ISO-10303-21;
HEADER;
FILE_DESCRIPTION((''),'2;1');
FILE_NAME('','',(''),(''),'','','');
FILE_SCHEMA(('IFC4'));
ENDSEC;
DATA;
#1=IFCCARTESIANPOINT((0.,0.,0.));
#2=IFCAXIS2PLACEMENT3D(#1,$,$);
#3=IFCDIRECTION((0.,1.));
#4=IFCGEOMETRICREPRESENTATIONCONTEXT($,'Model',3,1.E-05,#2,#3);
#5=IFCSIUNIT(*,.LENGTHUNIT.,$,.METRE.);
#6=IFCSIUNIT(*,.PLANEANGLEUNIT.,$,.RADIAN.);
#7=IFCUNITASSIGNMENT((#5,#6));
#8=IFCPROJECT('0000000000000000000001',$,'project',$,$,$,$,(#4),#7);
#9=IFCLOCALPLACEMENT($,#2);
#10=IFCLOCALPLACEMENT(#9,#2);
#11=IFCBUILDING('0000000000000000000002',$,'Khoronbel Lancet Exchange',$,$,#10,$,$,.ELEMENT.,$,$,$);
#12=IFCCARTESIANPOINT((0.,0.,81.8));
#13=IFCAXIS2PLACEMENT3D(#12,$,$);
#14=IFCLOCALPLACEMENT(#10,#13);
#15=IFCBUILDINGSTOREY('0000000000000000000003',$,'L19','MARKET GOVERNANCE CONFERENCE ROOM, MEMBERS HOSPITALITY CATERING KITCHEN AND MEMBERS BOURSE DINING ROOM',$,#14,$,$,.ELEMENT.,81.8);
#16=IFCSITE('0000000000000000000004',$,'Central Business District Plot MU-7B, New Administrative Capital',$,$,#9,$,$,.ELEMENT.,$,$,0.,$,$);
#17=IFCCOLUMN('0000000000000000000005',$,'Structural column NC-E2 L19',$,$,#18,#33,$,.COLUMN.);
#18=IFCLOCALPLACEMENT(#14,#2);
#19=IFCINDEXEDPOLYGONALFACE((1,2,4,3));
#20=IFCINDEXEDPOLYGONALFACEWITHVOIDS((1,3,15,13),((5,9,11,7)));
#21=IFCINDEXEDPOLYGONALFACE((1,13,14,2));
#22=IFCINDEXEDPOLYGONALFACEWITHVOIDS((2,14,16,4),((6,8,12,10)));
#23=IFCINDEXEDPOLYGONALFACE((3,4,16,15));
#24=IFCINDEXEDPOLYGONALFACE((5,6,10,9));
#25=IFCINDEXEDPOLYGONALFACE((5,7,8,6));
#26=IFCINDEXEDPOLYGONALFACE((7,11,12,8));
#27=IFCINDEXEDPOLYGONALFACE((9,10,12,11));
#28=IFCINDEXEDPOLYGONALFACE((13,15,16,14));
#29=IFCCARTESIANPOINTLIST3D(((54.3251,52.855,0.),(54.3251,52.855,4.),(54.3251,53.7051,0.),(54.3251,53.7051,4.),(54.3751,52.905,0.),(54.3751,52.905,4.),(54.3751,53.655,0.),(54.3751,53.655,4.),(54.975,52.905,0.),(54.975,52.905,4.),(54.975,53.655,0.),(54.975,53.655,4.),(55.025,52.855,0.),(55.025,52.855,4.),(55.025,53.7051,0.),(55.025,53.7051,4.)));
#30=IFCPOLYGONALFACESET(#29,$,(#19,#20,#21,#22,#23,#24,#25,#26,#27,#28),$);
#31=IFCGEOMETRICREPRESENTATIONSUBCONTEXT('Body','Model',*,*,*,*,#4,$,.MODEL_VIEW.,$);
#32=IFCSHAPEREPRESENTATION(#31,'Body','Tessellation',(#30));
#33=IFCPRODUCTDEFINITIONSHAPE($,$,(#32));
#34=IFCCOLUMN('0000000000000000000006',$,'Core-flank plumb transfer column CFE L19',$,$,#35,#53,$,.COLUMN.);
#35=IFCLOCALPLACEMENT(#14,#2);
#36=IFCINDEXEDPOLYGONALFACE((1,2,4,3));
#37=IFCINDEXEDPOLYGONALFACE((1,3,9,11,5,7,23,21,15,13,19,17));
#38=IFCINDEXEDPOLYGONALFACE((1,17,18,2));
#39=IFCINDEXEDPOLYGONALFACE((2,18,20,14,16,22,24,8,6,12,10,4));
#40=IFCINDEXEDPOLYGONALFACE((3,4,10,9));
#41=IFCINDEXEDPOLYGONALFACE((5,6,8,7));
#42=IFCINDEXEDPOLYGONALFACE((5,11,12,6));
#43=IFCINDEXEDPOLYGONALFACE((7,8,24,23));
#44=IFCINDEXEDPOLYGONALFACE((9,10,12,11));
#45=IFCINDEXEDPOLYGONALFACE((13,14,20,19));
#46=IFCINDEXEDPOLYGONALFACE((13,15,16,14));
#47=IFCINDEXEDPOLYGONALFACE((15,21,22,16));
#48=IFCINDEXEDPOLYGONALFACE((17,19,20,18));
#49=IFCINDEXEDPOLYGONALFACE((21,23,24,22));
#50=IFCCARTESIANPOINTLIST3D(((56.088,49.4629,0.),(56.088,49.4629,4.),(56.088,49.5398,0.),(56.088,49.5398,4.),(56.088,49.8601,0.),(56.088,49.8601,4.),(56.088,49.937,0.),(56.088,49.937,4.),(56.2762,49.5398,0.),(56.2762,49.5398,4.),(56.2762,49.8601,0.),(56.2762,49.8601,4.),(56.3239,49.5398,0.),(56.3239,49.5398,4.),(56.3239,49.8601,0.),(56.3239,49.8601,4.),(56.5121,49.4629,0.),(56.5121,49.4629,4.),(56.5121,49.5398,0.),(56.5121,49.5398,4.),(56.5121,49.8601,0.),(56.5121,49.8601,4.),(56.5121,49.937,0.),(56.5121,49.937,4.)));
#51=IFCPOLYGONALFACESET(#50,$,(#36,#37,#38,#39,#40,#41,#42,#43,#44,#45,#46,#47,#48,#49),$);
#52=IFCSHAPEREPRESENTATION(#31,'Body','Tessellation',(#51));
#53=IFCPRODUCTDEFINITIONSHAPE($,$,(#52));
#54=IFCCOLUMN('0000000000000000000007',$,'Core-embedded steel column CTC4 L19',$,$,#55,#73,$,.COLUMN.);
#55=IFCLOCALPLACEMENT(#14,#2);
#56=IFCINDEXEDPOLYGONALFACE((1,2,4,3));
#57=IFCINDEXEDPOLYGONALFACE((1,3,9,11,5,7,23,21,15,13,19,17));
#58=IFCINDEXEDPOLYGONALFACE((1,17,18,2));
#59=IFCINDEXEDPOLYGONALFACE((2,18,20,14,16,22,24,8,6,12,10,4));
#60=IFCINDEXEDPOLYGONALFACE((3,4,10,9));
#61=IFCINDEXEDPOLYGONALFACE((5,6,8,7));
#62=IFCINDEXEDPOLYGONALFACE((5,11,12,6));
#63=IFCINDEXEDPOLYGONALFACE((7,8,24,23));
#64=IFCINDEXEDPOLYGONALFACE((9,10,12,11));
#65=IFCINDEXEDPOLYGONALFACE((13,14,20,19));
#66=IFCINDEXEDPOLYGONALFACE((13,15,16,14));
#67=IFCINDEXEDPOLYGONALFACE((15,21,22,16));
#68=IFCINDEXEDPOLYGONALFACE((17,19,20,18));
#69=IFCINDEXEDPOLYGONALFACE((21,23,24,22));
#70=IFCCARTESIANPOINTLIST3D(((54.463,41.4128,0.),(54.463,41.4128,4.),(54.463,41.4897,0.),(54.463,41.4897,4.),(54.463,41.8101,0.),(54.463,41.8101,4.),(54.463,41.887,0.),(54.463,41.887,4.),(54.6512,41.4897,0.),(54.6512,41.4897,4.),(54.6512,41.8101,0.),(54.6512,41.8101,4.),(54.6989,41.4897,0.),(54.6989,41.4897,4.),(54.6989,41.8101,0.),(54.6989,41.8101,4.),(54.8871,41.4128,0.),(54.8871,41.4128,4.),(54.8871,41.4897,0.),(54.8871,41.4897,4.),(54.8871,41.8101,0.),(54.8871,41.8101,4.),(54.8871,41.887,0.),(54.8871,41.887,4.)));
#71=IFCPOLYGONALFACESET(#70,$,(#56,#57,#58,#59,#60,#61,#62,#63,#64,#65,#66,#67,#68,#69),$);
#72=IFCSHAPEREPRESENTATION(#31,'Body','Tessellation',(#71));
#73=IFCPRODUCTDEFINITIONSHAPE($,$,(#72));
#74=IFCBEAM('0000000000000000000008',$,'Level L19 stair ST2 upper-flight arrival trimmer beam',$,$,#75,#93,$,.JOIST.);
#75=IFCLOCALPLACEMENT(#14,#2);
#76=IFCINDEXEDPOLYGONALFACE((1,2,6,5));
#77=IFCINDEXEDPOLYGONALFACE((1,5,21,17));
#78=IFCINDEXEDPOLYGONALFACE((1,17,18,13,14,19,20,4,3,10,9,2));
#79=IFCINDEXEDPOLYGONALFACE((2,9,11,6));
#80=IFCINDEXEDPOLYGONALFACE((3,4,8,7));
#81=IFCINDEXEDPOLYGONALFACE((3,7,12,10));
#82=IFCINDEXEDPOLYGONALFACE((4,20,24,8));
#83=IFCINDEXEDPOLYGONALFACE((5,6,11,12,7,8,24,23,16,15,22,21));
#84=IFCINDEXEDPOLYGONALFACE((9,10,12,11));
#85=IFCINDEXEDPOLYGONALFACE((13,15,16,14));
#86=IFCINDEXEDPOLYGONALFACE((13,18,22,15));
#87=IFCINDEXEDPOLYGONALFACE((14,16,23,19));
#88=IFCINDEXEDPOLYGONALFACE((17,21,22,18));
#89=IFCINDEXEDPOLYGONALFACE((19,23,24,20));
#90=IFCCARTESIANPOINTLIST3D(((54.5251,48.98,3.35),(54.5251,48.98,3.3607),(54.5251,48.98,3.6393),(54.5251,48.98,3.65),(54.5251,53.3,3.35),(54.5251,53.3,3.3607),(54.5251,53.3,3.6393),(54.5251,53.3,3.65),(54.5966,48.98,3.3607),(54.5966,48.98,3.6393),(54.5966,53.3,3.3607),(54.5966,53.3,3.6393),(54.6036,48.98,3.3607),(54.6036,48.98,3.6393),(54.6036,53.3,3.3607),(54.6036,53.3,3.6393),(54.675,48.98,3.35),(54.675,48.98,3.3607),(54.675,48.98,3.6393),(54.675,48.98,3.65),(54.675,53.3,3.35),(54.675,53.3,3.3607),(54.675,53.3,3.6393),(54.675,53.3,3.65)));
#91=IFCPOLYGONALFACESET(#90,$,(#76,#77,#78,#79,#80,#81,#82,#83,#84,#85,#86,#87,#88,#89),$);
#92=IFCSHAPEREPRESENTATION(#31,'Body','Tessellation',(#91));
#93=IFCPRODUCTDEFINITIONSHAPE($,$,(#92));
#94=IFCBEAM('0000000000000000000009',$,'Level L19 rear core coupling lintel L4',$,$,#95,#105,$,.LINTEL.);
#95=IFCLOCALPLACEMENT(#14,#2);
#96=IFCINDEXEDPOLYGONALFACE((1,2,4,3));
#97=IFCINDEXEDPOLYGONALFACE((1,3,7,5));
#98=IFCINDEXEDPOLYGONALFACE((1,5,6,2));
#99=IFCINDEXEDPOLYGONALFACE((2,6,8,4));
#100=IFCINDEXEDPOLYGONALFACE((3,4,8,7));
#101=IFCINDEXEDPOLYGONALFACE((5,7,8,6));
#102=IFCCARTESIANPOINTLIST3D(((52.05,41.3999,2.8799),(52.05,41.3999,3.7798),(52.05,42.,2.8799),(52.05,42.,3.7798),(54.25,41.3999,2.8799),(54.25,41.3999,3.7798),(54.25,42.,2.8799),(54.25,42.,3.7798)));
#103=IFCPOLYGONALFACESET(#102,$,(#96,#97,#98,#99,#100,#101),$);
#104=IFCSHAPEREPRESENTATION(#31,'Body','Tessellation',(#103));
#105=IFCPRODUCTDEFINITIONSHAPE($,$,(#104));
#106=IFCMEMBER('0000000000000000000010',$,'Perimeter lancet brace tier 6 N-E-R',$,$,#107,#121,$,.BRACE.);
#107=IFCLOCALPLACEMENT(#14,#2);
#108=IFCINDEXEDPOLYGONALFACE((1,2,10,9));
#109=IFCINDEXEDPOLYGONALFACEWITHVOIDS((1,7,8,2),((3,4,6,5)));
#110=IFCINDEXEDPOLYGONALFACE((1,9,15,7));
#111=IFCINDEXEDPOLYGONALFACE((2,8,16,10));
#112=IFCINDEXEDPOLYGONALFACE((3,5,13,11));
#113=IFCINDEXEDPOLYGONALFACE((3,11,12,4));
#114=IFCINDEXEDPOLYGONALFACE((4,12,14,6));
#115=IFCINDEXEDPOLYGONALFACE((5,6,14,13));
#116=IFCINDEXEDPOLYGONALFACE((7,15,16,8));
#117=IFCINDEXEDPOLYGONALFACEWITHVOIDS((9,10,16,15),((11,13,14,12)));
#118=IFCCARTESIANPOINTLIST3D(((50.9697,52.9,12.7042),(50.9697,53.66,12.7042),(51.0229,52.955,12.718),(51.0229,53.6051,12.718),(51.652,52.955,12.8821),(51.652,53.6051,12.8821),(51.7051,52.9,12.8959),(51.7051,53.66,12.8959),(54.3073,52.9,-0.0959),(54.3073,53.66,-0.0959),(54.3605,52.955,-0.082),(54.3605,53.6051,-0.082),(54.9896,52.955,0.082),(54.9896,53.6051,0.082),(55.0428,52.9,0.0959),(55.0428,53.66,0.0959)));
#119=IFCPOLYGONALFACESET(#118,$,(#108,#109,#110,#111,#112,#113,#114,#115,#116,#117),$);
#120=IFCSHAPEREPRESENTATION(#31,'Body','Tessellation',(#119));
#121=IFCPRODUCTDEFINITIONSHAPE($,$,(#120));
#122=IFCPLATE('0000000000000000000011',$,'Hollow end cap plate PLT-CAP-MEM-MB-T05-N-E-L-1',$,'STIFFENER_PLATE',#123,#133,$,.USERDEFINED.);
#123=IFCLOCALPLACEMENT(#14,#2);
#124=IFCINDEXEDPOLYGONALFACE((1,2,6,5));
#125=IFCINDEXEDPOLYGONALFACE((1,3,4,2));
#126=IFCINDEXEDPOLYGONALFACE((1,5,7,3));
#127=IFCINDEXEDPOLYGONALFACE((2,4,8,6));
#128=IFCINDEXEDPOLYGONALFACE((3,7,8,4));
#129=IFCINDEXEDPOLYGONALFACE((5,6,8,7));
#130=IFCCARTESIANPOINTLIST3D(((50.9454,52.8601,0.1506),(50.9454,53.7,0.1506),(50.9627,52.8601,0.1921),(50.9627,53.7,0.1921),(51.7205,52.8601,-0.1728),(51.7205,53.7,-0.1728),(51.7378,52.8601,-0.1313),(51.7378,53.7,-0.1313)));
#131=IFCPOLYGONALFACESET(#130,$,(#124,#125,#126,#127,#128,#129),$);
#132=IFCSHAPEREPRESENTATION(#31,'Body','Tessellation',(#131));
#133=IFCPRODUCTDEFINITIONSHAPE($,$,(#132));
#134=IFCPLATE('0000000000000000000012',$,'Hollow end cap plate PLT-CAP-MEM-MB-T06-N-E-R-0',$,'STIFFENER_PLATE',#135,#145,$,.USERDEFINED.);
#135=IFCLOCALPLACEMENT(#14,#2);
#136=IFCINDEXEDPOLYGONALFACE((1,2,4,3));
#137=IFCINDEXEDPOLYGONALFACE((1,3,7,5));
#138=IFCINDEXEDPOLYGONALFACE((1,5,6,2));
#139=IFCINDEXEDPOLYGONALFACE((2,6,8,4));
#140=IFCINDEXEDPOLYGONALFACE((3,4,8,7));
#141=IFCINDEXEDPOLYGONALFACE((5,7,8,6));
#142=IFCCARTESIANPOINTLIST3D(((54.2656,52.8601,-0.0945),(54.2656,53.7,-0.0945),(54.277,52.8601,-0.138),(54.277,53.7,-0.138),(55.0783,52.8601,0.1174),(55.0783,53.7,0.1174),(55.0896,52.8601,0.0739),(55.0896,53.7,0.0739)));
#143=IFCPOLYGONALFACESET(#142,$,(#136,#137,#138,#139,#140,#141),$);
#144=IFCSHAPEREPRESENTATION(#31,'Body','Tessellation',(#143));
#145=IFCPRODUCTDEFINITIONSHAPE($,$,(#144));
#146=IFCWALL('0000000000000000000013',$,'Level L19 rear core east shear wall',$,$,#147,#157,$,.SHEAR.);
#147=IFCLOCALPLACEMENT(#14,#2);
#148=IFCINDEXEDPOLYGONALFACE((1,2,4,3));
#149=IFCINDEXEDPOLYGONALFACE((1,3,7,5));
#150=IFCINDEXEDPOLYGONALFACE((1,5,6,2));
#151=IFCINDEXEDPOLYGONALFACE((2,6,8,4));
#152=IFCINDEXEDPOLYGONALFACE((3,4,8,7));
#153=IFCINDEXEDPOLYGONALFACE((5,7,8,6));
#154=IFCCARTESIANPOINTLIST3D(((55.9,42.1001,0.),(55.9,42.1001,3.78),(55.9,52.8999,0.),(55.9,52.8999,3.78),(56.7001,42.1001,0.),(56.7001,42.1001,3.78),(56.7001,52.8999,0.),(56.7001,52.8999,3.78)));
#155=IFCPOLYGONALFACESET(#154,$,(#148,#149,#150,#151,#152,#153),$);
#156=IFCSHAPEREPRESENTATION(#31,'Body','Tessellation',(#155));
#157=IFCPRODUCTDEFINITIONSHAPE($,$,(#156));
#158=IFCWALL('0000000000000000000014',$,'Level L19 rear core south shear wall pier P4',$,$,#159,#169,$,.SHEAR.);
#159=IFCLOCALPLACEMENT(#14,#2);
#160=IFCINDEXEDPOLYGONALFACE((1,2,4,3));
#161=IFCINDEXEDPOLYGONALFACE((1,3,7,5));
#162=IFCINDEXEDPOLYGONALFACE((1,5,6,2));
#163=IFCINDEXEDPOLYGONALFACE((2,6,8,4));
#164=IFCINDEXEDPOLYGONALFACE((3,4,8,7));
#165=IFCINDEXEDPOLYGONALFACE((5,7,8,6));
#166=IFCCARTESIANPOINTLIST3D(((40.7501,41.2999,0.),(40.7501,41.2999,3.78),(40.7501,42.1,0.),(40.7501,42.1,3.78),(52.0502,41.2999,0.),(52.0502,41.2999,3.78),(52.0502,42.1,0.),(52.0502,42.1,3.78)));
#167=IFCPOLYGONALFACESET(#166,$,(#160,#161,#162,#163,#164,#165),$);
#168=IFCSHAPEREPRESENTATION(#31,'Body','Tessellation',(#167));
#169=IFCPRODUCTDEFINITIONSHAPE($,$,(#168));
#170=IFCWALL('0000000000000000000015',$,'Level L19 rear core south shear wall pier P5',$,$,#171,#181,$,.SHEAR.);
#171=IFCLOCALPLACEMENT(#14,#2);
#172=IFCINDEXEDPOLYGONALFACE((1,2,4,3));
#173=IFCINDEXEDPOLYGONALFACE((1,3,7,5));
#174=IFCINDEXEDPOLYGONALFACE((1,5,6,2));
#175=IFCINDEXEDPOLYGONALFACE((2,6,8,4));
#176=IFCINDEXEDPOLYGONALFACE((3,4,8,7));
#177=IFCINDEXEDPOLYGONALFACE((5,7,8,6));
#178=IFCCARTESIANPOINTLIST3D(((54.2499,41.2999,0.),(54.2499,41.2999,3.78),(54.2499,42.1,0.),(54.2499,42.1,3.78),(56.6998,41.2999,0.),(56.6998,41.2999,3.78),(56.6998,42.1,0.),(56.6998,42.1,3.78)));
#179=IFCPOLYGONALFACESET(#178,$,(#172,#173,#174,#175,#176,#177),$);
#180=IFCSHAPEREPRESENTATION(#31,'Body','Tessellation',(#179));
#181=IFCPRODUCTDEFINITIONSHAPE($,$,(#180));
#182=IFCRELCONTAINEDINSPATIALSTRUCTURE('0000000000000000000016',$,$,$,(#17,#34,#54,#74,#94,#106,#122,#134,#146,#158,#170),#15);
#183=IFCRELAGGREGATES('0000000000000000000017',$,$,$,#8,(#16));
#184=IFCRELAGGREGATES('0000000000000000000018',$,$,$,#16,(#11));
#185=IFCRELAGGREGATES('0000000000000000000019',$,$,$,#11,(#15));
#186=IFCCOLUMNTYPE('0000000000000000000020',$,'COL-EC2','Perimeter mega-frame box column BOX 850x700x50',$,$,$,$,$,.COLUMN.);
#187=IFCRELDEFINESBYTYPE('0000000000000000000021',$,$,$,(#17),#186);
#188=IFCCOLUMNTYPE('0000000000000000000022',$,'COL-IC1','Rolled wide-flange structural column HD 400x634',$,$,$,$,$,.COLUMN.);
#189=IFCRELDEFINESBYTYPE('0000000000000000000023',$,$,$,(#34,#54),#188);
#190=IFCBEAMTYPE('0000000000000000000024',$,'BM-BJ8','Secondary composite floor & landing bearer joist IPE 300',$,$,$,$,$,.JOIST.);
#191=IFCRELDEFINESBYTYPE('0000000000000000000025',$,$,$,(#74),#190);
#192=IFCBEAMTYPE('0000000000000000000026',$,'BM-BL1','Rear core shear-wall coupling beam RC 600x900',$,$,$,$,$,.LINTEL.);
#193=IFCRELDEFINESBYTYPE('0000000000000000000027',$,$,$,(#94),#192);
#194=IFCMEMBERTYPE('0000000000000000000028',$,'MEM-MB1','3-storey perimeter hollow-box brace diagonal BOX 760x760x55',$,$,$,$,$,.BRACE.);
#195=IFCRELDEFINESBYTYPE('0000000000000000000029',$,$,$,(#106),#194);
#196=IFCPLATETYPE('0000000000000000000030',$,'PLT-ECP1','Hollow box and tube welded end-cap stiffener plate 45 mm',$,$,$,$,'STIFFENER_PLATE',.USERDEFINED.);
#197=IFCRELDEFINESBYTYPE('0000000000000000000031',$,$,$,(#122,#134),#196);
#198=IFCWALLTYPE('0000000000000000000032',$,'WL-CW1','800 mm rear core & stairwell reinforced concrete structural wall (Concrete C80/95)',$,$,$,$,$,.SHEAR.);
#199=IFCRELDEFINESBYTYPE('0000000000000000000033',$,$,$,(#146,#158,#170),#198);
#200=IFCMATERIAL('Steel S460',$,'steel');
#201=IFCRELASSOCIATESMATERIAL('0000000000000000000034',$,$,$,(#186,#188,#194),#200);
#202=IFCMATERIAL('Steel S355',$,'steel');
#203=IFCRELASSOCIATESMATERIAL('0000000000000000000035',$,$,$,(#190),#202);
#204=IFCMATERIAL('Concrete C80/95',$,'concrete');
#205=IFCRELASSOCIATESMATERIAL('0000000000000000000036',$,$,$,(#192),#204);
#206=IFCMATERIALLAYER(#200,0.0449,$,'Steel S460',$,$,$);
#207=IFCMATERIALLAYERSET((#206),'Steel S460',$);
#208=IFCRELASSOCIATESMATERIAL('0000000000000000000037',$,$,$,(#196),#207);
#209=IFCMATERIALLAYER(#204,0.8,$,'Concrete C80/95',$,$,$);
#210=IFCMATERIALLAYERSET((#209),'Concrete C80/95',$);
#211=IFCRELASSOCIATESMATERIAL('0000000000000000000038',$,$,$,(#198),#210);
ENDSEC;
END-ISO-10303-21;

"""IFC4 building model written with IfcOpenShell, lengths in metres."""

from ifc_helpers import new_model, si_unit, direction, frame, frame_2d, origin, origin_2d, place, context, subcontext, project, spatial, polyline, rectangle, hollow_rectangle, i_section, outline, extrude, material, layer, layer_set, material_profile, profile_set, type_object, element, save


model = new_model("IFC4")

# Units and contexts
model_context = context("Model", 3, precision=1e-05, world=origin(), true_north=direction((0.0, 1.0)))
body_context = subcontext(model_context, "Body", "Model", "MODEL_VIEW")
ifc_project = project(units=[si_unit("LENGTHUNIT", "METRE"), si_unit("PLANEANGLEUNIT", "RADIAN")], contexts=[model_context])

# Site, building, storey
site_placement = place(None, origin())
site = spatial("IfcSite", under=ifc_project, at=site_placement, Name="Central Business District Plot MU-7B, New Administrative Capital", CompositionType="ELEMENT", RefElevation=0.0)
building_placement = place(site_placement, origin())
building = spatial("IfcBuilding", under=site, at=building_placement, Name="Khoronbel Lancet Exchange", CompositionType="ELEMENT")
storey_placement = place(building_placement, frame((0.0, 0.0, 81.8)))
storey = spatial("IfcBuildingStorey", under=building, at=storey_placement, Name="L19", Description="MARKET GOVERNANCE CONFERENCE ROOM, MEMBERS HOSPITALITY CATERING KITCHEN AND MEMBERS BOURSE DINING ROOM", CompositionType="ELEMENT", Elevation=81.8)

# Columns
ifc_material_1 = material(Name="Steel S460", Category="steel")
ifc_material_profile_1 = material_profile(ifc_material_1, hollow_rectangle(XDim=0.7, YDim=0.8501, WallThickness=0.05, at=origin_2d()), Name="BOX 850x700x50")
ifc_profile_set_1 = profile_set([ifc_material_profile_1], Name="Steel S460")
column_type_1 = type_object("IfcColumnType", Name="COL-EC2", Description="Perimeter mega-frame box column BOX 850x700x50", PredefinedType="COLUMN", material=ifc_profile_set_1)
column_placement = place(storey_placement, frame((54.675, 53.28, 0.0), z_axis=(0.0, 0.0, 1.0), x_axis=(1.0, 0.0, 0.0)))
element("IfcColumn", 1, at=column_placement, inside=storey, type_object=column_type_1, Name="Structural column NC-E2 L19", PredefinedType="COLUMN", context=body_context, shape_type="SweptSolid", body=[
    extrude(hollow_rectangle(XDim=0.7, YDim=0.8501, WallThickness=0.05, at=origin_2d()), origin(), (0.0, 0.0, 1.0), 4.0),
])
ifc_material_profile_2 = material_profile(ifc_material_1, i_section(OverallWidth=0.4241, OverallDepth=0.4741, WebThickness=0.0476, FlangeThickness=0.0769, at=origin_2d()), Name="HD 400x634")
ifc_profile_set_2 = profile_set([ifc_material_profile_2], Name="Steel S460")
column_type_2 = type_object("IfcColumnType", Name="COL-IC1", Description="Rolled wide-flange structural column HD 400x634", PredefinedType="COLUMN", material=ifc_profile_set_2)
for number, where, z_axis, x_axis, name in (
    (2, (56.3, 49.7, 0.0), (0.0, 0.0, 1.0), (1.0, 0.0, 0.0), "Core-flank plumb transfer column CFE L19"),
    (3, (54.675, 41.6499, 0.0), (0.0, 0.0, 1.0), (1.0, 0.0, 0.0), "Core-embedded steel column CTC4 L19"),
):
    element("IfcColumn", number, at=place(storey_placement, frame(where, z_axis=z_axis, x_axis=x_axis)), inside=storey, type_object=column_type_2, Name=name, PredefinedType="COLUMN", context=body_context, shape_type="SweptSolid", body=[
        extrude(i_section(OverallWidth=0.4241, OverallDepth=0.4741, WebThickness=0.0476, FlangeThickness=0.0769, at=origin_2d()), origin(), (0.0, 0.0, 1.0), 4.0),
    ])

# Beams
ifc_material_2 = material(Name="Steel S355", Category="steel")
ifc_material_profile_3 = material_profile(ifc_material_2, i_section(OverallWidth=0.1499, OverallDepth=0.3, WebThickness=0.0071, FlangeThickness=0.0107, at=origin_2d()), Name="IPE 300")
ifc_profile_set_3 = profile_set([ifc_material_profile_3], Name="Steel S355")
beam_type_1 = type_object("IfcBeamType", Name="BM-BJ8", Description="Secondary composite floor & landing bearer joist IPE 300", PredefinedType="JOIST", material=ifc_profile_set_3)
beam_1_placement = place(storey_placement, frame((54.6001, 48.98, 3.5), z_axis=(0.0, 1.0, 0.0), x_axis=(-1.0, 0.0, 0.0)))
element("IfcBeam", 4, at=beam_1_placement, inside=storey, type_object=beam_type_1, Name="Level L19 stair ST2 upper-flight arrival trimmer beam", PredefinedType="JOIST", context=body_context, shape_type="SweptSolid", body=[
    extrude(i_section(OverallWidth=0.1499, OverallDepth=0.3, WebThickness=0.0071, FlangeThickness=0.0107, at=origin_2d()), origin(), (0.0, 0.0, 1.0), 4.3201),
])
ifc_material_3 = material(Name="Concrete C80/95", Category="concrete")
ifc_material_profile_4 = material_profile(ifc_material_3, rectangle(XDim=0.6001, YDim=0.8999, at=origin_2d()), Name="RC 600x900")
ifc_profile_set_4 = profile_set([ifc_material_profile_4], Name="Concrete C80/95")
beam_type_2 = type_object("IfcBeamType", Name="BM-BL1", Description="Rear core shear-wall coupling beam RC 600x900", PredefinedType="LINTEL", material=ifc_profile_set_4)
beam_2_placement = place(storey_placement, frame((52.05, 41.7, 3.3298), z_axis=(1.0, 0.0, 0.0), x_axis=(0.0, 1.0, 0.0)))
element("IfcBeam", 5, at=beam_2_placement, inside=storey, type_object=beam_type_2, Name="Level L19 rear core coupling lintel L4", PredefinedType="LINTEL", context=body_context, shape_type="SweptSolid", body=[
    extrude(rectangle(XDim=0.6001, YDim=0.8999, at=origin_2d()), origin(), (0.0, 0.0, 1.0), 2.2),
])

# Member
ifc_material_profile_5 = material_profile(ifc_material_1, hollow_rectangle(XDim=0.76, YDim=0.76, WallThickness=0.0549, at=origin_2d()), Name="BOX 760x760x55")
ifc_profile_set_5 = profile_set([ifc_material_profile_5], Name="Steel S460")
member_type = type_object("IfcMemberType", Name="MEM-MB1", Description="3-storey perimeter hollow-box brace diagonal BOX 760x760x55", PredefinedType="BRACE", material=ifc_profile_set_5)
member_placement = place(storey_placement, frame((54.675, 53.28, 0.0), z_axis=(-0.252316, 0.0, 0.967645), x_axis=(0.0, -1.0, 0.0)))
element("IfcMember", 6, at=member_placement, inside=storey, type_object=member_type, Name="Perimeter lancet brace tier 6 N-E-R", PredefinedType="BRACE", context=body_context, shape_type="SweptSolid", body=[
    extrude(hollow_rectangle(XDim=0.76, YDim=0.76, WallThickness=0.0549, at=origin_2d()), origin(), (0.0, 0.0, 1.0), 13.228),
])

# Plates
ifc_layer_1 = layer(ifc_material_1, 0.0449, Name="Steel S460")
ifc_layer_set_1 = layer_set([ifc_layer_1], Name="Steel S460")
plate_type = type_object("IfcPlateType", Name="PLT-ECP1", Description="Hollow box and tube welded end-cap stiffener plate 45 mm", ElementType="STIFFENER_PLATE", PredefinedType="USERDEFINED", material=ifc_layer_set_1)
for number, where, z_axis, x_axis, name in (
    (7, (51.7378, 52.8601, -0.1313), (0.385131, 0.0, 0.922862), (0.0, 1.0, 0.0), "Hollow end cap plate PLT-CAP-MEM-MB-T05-N-E-L-1"),
    (8, (54.2656, 53.7, -0.0945), (-0.252304, 0.0, 0.967648), (0.0, -1.0, 0.0), "Hollow end cap plate PLT-CAP-MEM-MB-T06-N-E-R-0"),
):
    element("IfcPlate", number, at=place(storey_placement, frame(where, z_axis=z_axis, x_axis=x_axis)), inside=storey, type_object=plate_type, Name=name, ObjectType="STIFFENER_PLATE", PredefinedType="USERDEFINED", context=body_context, shape_type="SweptSolid", body=[
        extrude(outline(polyline([(0.0, 0.0), (0.8398, 0.0), (0.8398, 0.8398), (0.0, 0.8398), (0.0, 0.0)])), origin(), (0.0, 0.0, -1.0), 0.0449),
    ])

# Walls
ifc_layer_2 = layer(ifc_material_3, 0.8, Name="Concrete C80/95")
ifc_layer_set_2 = layer_set([ifc_layer_2], Name="Concrete C80/95")
wall_type_1 = type_object("IfcWallType", Name="WL-CW1", Description="800 mm rear core & stairwell reinforced concrete structural wall (Concrete C80/95)", PredefinedType="SHEAR", material=ifc_layer_set_2)
wall_1_placement = place(storey_placement, frame((56.3, 52.8999, 0.0), z_axis=(0.0, 0.0, 1.0), x_axis=(0.0, -1.0, 0.0)))
element("IfcWall", 9, at=wall_1_placement, inside=storey, type_object=wall_type_1, Name="Level L19 rear core east shear wall", PredefinedType="SHEAR", context=body_context, shape_type="SweptSolid", body=[
    extrude(rectangle(XDim=10.7998, YDim=0.8, at=frame_2d((5.3999, 0.0))), origin(), (0.0, 0.0, 1.0), 3.78),
])
wall_2_placement = place(storey_placement, frame((52.05, 41.7, 0.0), z_axis=(0.0, 0.0, 1.0), x_axis=(-1.0, 0.0, 0.0)))
element("IfcWall", 10, at=wall_2_placement, inside=storey, type_object=wall_type_1, Name="Level L19 rear core south shear wall pier P4", PredefinedType="SHEAR", context=body_context, shape_type="SweptSolid", body=[
    extrude(rectangle(XDim=11.3, YDim=0.8, at=frame_2d((5.6499, 0.0))), origin(), (0.0, 0.0, 1.0), 3.78),
])
wall_3_placement = place(storey_placement, frame((56.7, 41.7, 0.0), z_axis=(0.0, 0.0, 1.0), x_axis=(-1.0, 0.0, 0.0)))
element("IfcWall", 11, at=wall_3_placement, inside=storey, type_object=wall_type_1, Name="Level L19 rear core south shear wall pier P5", PredefinedType="SHEAR", context=body_context, shape_type="SweptSolid", body=[
    extrude(rectangle(XDim=2.45, YDim=0.8, at=frame_2d((1.2251, 0.0))), origin(), (0.0, 0.0, 1.0), 3.78),
])

save(model, "model.ifc")
